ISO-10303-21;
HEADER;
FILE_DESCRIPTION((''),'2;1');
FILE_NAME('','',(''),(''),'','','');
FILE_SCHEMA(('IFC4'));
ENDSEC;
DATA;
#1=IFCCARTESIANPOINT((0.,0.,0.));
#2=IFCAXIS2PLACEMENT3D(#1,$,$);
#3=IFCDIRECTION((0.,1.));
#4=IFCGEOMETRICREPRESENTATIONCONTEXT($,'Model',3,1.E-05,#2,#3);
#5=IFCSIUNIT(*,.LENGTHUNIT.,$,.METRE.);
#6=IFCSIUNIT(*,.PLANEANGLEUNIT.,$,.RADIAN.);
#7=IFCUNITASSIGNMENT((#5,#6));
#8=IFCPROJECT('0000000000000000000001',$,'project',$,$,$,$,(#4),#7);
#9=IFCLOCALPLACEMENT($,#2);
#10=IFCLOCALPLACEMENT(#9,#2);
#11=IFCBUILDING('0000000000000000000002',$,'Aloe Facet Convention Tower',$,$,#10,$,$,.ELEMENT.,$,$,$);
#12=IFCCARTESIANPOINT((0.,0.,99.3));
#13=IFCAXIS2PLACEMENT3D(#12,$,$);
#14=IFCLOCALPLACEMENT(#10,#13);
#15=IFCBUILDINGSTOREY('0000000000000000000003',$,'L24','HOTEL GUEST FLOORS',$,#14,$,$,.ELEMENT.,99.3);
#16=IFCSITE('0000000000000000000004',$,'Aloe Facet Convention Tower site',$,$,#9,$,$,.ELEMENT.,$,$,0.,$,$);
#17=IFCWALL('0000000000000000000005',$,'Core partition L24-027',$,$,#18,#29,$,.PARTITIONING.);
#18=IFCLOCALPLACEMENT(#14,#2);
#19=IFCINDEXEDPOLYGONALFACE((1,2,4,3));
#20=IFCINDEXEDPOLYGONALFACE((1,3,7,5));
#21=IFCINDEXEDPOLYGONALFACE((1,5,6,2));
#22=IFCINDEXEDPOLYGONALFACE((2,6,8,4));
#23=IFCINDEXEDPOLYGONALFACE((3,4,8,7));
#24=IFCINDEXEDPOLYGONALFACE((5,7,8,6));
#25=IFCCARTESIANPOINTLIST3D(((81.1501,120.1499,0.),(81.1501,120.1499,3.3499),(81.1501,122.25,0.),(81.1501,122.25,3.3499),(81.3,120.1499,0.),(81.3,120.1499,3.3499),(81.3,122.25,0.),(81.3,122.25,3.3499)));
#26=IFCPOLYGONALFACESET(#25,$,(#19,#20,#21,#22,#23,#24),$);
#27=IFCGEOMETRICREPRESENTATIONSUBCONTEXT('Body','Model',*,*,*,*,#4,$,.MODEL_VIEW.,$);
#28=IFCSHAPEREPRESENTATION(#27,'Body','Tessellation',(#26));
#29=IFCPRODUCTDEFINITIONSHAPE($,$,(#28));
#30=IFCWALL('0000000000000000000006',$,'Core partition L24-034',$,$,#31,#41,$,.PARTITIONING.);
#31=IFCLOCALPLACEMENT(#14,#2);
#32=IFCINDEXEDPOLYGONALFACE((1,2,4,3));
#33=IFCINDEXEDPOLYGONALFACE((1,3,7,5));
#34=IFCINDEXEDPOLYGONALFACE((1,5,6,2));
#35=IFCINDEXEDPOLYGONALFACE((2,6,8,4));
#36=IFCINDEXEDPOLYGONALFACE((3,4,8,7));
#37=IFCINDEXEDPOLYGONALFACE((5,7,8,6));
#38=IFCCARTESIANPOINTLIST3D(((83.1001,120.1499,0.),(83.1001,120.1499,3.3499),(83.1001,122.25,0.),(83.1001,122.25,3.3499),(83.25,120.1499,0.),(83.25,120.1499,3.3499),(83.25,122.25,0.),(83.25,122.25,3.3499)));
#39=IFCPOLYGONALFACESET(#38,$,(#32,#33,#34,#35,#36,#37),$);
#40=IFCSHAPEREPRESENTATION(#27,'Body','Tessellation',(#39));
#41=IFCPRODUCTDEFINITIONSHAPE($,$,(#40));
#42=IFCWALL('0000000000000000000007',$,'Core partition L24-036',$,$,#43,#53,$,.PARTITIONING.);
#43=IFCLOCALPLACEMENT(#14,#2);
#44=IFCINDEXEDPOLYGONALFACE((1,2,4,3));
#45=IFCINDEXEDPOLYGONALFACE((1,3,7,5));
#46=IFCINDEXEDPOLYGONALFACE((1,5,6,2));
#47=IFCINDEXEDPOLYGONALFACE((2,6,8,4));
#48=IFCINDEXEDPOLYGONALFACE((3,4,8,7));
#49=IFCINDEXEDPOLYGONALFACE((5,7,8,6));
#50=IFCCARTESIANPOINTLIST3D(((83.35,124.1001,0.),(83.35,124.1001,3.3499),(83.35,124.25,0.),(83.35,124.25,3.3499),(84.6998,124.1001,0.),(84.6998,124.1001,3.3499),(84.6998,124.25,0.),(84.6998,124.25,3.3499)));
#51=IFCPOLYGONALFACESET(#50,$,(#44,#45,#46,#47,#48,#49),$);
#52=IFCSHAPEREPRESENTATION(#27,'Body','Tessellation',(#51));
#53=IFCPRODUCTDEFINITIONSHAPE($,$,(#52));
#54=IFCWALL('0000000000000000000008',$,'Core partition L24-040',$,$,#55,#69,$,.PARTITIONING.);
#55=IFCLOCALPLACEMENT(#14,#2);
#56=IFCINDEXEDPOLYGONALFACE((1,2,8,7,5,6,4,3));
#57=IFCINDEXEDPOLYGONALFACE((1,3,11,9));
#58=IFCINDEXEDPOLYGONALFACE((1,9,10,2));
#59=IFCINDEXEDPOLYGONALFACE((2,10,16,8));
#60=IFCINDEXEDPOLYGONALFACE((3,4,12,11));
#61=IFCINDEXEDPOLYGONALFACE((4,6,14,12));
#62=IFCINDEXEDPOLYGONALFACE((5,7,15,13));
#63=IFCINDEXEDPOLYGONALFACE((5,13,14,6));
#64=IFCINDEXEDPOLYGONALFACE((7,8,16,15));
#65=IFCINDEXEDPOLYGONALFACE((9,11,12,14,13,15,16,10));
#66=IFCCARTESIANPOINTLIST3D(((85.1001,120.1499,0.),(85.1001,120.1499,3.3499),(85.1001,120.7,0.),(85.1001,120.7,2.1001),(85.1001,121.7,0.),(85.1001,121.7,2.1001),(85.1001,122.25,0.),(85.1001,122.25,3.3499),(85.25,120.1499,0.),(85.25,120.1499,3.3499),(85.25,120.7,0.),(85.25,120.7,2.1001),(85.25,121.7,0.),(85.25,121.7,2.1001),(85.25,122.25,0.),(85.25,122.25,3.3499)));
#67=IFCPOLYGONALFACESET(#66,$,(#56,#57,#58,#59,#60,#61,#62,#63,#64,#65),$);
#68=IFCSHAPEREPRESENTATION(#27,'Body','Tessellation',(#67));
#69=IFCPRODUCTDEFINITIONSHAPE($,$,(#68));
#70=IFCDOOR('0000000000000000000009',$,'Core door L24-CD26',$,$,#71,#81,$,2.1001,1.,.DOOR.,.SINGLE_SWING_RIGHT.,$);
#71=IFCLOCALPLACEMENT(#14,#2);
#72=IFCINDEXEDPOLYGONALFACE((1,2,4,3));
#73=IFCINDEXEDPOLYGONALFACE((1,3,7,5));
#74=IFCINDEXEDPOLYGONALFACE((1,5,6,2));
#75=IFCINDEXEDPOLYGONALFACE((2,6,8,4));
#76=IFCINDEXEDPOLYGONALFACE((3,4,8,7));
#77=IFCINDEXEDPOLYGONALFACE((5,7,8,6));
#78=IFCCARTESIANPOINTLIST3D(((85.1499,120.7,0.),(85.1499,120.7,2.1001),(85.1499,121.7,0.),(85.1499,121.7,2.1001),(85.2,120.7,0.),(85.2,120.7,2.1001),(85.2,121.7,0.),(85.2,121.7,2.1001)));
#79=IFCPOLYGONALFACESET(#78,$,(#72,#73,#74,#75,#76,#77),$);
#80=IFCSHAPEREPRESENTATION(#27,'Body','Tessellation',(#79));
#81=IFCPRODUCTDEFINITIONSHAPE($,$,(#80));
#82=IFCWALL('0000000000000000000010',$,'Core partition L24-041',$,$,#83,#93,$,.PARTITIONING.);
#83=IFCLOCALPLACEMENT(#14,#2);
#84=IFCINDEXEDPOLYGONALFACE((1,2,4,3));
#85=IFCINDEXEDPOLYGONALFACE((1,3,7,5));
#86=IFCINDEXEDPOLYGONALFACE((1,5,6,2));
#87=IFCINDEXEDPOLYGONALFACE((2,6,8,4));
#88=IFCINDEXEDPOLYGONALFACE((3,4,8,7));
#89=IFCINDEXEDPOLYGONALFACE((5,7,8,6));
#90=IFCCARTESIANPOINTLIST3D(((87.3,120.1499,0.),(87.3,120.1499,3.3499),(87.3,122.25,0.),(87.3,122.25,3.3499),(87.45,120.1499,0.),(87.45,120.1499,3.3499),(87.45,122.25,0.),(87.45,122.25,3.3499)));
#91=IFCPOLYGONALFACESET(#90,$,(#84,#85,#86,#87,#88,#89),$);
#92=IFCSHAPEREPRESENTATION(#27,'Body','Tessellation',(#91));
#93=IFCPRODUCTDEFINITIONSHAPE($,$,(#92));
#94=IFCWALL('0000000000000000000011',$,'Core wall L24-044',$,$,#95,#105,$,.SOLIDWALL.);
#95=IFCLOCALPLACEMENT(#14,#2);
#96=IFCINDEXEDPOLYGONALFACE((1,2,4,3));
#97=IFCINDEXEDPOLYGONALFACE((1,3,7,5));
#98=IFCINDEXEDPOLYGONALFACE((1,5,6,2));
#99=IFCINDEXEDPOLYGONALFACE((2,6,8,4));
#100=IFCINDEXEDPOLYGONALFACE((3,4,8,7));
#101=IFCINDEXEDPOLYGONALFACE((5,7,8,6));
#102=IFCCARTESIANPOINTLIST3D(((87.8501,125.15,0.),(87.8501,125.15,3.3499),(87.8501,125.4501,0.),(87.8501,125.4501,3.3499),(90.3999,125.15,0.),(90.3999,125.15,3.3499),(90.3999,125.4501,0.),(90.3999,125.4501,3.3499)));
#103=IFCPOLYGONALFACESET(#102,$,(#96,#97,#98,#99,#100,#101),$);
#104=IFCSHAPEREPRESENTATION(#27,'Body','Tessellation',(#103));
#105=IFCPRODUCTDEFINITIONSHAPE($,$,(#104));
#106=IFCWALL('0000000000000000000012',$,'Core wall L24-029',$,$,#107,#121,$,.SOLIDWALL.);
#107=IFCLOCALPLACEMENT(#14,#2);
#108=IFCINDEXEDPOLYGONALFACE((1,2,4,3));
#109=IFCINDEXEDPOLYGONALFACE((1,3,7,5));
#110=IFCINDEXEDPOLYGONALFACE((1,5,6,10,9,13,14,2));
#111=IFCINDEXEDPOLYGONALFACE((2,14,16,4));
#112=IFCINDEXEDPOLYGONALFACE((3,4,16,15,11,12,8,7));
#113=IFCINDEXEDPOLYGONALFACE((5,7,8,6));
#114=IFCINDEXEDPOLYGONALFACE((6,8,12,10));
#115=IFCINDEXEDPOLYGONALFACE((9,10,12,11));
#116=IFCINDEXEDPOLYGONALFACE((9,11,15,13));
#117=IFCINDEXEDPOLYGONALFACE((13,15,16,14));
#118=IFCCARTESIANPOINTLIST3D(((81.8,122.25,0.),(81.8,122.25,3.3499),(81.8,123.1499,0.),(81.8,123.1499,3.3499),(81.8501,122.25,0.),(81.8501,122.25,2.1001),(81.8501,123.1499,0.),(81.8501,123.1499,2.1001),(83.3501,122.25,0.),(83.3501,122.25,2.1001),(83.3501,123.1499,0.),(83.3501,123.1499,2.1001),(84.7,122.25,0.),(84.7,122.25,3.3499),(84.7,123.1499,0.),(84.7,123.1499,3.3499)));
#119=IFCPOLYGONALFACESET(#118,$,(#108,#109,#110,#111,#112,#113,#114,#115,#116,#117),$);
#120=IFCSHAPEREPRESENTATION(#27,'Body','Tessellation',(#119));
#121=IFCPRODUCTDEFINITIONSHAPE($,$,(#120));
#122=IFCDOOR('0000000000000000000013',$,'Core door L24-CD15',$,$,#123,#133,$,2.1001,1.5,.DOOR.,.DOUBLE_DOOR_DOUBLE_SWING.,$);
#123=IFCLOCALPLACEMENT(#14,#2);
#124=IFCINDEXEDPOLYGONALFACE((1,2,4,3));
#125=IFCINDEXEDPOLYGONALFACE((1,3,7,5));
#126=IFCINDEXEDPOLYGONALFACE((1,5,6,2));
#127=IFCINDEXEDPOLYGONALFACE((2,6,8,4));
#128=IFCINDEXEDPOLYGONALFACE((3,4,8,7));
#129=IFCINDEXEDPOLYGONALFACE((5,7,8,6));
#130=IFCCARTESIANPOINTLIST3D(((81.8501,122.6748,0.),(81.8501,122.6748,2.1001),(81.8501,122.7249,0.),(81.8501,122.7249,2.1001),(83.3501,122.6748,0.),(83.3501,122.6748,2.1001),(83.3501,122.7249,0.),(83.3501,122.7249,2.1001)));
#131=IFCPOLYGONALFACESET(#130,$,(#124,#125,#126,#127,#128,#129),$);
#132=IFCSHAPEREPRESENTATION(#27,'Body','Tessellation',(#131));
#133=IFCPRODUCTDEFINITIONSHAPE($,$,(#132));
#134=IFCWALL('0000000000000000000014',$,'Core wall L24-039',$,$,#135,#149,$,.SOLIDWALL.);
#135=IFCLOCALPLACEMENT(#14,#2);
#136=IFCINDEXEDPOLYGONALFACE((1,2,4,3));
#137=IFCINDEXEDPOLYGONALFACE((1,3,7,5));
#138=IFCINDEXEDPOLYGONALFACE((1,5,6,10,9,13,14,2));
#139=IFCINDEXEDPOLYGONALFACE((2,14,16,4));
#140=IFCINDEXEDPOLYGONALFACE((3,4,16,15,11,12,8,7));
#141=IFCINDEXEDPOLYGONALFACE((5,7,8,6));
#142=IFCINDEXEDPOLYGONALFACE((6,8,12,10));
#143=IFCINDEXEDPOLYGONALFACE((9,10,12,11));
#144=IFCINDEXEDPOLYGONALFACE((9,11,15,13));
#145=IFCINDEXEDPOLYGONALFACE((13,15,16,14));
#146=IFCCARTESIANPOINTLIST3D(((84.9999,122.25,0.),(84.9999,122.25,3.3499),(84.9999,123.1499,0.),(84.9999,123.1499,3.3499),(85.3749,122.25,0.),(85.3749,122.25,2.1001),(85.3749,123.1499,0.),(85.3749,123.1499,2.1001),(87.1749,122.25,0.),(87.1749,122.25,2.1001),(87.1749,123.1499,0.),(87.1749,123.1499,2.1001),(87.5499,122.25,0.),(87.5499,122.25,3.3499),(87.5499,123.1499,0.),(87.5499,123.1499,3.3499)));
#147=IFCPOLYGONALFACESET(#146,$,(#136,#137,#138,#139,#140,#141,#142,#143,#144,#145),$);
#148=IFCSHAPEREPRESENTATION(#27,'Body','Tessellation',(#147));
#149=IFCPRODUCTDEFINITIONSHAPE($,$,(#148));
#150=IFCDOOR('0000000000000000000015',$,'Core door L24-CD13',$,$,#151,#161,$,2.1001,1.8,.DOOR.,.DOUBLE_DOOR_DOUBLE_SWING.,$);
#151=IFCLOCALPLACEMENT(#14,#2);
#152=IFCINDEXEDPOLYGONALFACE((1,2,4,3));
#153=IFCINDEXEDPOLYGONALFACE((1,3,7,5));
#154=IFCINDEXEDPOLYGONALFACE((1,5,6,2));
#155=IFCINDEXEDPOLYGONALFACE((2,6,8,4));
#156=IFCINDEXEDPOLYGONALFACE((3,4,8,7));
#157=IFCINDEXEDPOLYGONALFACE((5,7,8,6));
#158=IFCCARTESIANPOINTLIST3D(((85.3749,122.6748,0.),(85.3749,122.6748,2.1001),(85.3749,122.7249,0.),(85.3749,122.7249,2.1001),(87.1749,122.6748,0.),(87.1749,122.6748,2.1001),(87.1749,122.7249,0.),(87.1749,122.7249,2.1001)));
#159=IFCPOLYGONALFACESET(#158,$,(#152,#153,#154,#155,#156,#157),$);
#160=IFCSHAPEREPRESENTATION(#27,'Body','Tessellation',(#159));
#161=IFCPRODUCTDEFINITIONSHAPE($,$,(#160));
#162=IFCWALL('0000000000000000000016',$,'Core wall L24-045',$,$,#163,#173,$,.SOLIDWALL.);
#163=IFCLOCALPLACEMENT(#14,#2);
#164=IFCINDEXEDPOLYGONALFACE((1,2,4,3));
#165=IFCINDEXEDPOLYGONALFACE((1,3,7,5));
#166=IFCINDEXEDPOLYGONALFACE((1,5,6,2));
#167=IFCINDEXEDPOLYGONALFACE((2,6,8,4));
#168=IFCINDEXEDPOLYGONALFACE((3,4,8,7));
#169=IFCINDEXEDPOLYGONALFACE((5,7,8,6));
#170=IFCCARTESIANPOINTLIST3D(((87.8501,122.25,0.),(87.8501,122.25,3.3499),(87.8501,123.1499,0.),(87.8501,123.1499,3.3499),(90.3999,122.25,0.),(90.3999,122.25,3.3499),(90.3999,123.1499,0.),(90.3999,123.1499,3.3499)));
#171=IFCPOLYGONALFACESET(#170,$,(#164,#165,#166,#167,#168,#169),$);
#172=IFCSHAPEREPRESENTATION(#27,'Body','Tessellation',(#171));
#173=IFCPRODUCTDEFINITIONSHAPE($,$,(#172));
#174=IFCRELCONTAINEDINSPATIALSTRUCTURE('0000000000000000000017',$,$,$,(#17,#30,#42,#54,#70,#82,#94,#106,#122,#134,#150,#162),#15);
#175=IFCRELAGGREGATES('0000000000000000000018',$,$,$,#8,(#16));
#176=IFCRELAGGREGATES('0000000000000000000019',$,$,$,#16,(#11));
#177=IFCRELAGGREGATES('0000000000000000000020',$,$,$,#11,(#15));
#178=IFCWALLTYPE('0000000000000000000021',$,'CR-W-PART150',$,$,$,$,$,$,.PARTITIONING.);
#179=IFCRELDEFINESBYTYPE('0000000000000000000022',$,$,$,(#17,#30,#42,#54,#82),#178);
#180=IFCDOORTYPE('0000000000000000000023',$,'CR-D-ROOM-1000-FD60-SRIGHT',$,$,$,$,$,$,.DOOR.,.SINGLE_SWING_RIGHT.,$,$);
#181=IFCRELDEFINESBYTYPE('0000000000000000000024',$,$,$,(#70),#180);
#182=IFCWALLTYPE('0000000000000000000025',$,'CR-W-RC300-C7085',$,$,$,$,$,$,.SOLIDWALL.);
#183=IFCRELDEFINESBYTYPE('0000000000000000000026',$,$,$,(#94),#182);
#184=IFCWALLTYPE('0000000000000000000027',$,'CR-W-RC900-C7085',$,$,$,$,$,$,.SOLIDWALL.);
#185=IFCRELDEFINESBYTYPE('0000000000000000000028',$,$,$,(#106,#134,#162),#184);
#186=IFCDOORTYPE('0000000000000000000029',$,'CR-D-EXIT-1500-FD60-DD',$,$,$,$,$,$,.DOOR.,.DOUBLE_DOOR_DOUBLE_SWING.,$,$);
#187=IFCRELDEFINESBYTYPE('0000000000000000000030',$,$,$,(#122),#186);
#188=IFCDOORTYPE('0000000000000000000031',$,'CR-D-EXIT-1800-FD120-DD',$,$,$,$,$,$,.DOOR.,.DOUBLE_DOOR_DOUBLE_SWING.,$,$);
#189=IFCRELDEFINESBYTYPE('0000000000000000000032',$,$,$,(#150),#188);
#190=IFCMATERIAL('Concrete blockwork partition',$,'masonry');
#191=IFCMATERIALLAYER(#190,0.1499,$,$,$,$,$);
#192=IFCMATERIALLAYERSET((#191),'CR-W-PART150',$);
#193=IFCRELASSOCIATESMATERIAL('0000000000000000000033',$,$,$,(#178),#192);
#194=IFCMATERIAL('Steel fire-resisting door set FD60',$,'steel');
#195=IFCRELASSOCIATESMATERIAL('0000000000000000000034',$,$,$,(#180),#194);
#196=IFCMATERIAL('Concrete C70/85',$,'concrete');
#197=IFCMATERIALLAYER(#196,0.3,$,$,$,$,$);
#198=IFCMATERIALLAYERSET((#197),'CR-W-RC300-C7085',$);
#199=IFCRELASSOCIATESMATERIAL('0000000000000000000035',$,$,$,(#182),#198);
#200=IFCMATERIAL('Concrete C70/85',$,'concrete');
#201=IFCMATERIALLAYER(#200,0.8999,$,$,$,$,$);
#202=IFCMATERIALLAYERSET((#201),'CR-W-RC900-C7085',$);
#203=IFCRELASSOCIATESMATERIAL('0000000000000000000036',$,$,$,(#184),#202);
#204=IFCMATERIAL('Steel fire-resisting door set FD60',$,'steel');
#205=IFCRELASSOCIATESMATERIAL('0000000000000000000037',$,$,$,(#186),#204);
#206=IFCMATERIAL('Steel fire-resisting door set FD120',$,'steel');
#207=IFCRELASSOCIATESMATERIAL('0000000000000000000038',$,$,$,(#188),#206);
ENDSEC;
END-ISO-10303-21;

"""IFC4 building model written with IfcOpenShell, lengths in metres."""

from ifc_helpers import new_model, si_unit, direction, frame, frame_2d, origin, place, context, subcontext, project, spatial, rectangle, extrude, material, layer, layer_set, type_object, element, fill, save


model = new_model("IFC4")

# Units and contexts
model_context = context("Model", 3, precision=1e-05, world=origin(), true_north=direction((0.0, 1.0)))
body_context = subcontext(model_context, "Body", "Model", "MODEL_VIEW")
ifc_project = project(units=[si_unit("LENGTHUNIT", "METRE"), si_unit("PLANEANGLEUNIT", "RADIAN")], contexts=[model_context])

# Site, building, storey
site_placement = place(None, origin())
site = spatial("IfcSite", under=ifc_project, at=site_placement, Name="Aloe Facet Convention Tower site", CompositionType="ELEMENT", RefElevation=0.0)
building_placement = place(site_placement, origin())
building = spatial("IfcBuilding", under=site, at=building_placement, Name="Aloe Facet Convention Tower", CompositionType="ELEMENT")
storey_placement = place(building_placement, frame((0.0, 0.0, 99.3)))
storey = spatial("IfcBuildingStorey", under=building, at=storey_placement, Name="L24", Description="HOTEL GUEST FLOORS", CompositionType="ELEMENT", Elevation=99.3)

# Walls
ifc_material_1 = material(Name="Concrete blockwork partition", Category="masonry")
ifc_layer_1 = layer(ifc_material_1, 0.1499)
ifc_layer_set_1 = layer_set([ifc_layer_1], Name="CR-W-PART150")
wall_type_1 = type_object("IfcWallType", Name="CR-W-PART150", PredefinedType="PARTITIONING", material=ifc_layer_set_1)
for number, where, z_axis, x_axis, name in (
    (1, (81.2251, 122.25, 0.0), (0.0, 0.0, 1.0), (0.0, -1.0, 0.0), "Core partition L24-027"),
    (2, (83.175, 122.25, 0.0), (0.0, 0.0, 1.0), (0.0, -1.0, 0.0), "Core partition L24-034"),
):
    element("IfcWall", number, at=place(storey_placement, frame(where, z_axis=z_axis, x_axis=x_axis)), inside=storey, type_object=wall_type_1, Name=name, PredefinedType="PARTITIONING", context=body_context, shape_type="SweptSolid", body=[
        extrude(rectangle(XDim=2.1001, YDim=0.1499, at=frame_2d((1.05, 0.0))), origin(), (0.0, 0.0, 1.0), 3.3499),
    ])
wall_1_placement = place(storey_placement, frame((83.3501, 124.175, 0.0), z_axis=(0.0, 0.0, 1.0), x_axis=(1.0, 0.0, 0.0)))
element("IfcWall", 3, at=wall_1_placement, inside=storey, type_object=wall_type_1, Name="Core partition L24-036", PredefinedType="PARTITIONING", context=body_context, shape_type="SweptSolid", body=[
    extrude(rectangle(XDim=1.3499, YDim=0.1499, at=frame_2d((0.6748, 0.0))), origin(), (0.0, 0.0, 1.0), 3.3499),
])

# Wall, opening, door
wall_2_placement = place(storey_placement, frame((85.175, 122.25, 0.0), z_axis=(0.0, 0.0, 1.0), x_axis=(0.0, -1.0, 0.0)))
wall_2 = element("IfcWall", 4, at=wall_2_placement, inside=storey, type_object=wall_type_1, Name="Core partition L24-040", PredefinedType="PARTITIONING", context=body_context, shape_type="SweptSolid", body=[
    extrude(rectangle(XDim=2.1001, YDim=0.1499, at=frame_2d((1.05, 0.0))), origin(), (0.0, 0.0, 1.0), 3.3499),
])
opening_1_placement = place(wall_2_placement, frame((0.55, 0.0, 0.0)))
opening_1 = element("IfcOpeningElement", 5, at=opening_1_placement, cuts=wall_2, PredefinedType="OPENING", context=body_context, shape_type="SweptSolid", body=[
    extrude(rectangle(XDim=1.0, YDim=2.1001, at=frame_2d((0.5, 1.05))), frame((0.0, 0.085, 0.0), z_axis=(0.0, -1.0, 0.0), x_axis=(1.0, 0.0, 0.0)), (0.0, 0.0, 1.0), 0.1699),
])
ifc_material_2 = material(Name="Steel fire-resisting door set FD60", Category="steel")
door_type_1 = type_object("IfcDoorType", Name="CR-D-ROOM-1000-FD60-SRIGHT", OperationType="SINGLE_SWING_RIGHT", PredefinedType="DOOR", material=ifc_material_2)
door_1_placement = place(opening_1_placement, origin())
door_1 = element("IfcDoor", 6, at=door_1_placement, inside=storey, type_object=door_type_1, Name="Core door L24-CD26", OperationType="SINGLE_SWING_RIGHT", OverallHeight=2.1001, OverallWidth=1.0, PredefinedType="DOOR", context=body_context, shape_type="SweptSolid", body=[
    extrude(rectangle(XDim=1.0, YDim=2.1001, at=frame_2d((0.5, 1.05))), frame((0.0, 0.0249, 0.0), z_axis=(0.0, -1.0, 0.0), x_axis=(1.0, 0.0, 0.0)), (0.0, 0.0, 1.0), 0.05),
])
fill(opening_1, door_1)

# Walls
wall_3_placement = place(storey_placement, frame((87.375, 122.25, 0.0), z_axis=(0.0, 0.0, 1.0), x_axis=(0.0, -1.0, 0.0)))
element("IfcWall", 7, at=wall_3_placement, inside=storey, type_object=wall_type_1, Name="Core partition L24-041", PredefinedType="PARTITIONING", context=body_context, shape_type="SweptSolid", body=[
    extrude(rectangle(XDim=2.1001, YDim=0.1499, at=frame_2d((1.05, 0.0))), origin(), (0.0, 0.0, 1.0), 3.3499),
])
ifc_material_3 = material(Name="Concrete C70/85", Category="concrete")
ifc_layer_2 = layer(ifc_material_3, 0.3)
ifc_layer_set_2 = layer_set([ifc_layer_2], Name="CR-W-RC300-C7085")
wall_type_2 = type_object("IfcWallType", Name="CR-W-RC300-C7085", PredefinedType="SOLIDWALL", material=ifc_layer_set_2)
wall_4_placement = place(storey_placement, frame((87.8501, 125.3, 0.0), z_axis=(0.0, 0.0, 1.0), x_axis=(1.0, 0.0, 0.0)))
element("IfcWall", 8, at=wall_4_placement, inside=storey, type_object=wall_type_2, Name="Core wall L24-044", PredefinedType="SOLIDWALL", context=body_context, shape_type="SweptSolid", body=[
    extrude(rectangle(XDim=2.5498, YDim=0.3, at=frame_2d((1.2749, 0.0))), origin(), (0.0, 0.0, 1.0), 3.3499),
])

# Walls, openings, doors
ifc_material_4 = material(Name="Concrete C70/85", Category="concrete")
ifc_layer_3 = layer(ifc_material_4, 0.8999)
ifc_layer_set_3 = layer_set([ifc_layer_3], Name="CR-W-RC900-C7085")
wall_type_3 = type_object("IfcWallType", Name="CR-W-RC900-C7085", PredefinedType="SOLIDWALL", material=ifc_layer_set_3)
wall_5_placement = place(storey_placement, frame((81.8, 122.7, 0.0), z_axis=(0.0, 0.0, 1.0), x_axis=(1.0, 0.0, 0.0)))
wall_5 = element("IfcWall", 9, at=wall_5_placement, inside=storey, type_object=wall_type_3, Name="Core wall L24-029", PredefinedType="SOLIDWALL", context=body_context, shape_type="SweptSolid", body=[
    extrude(rectangle(XDim=2.8999, YDim=0.8999, at=frame_2d((1.45, 0.0))), origin(), (0.0, 0.0, 1.0), 3.3499),
])
opening_2_placement = place(wall_5_placement, frame((0.05, 0.0, 0.0)))
opening_2 = element("IfcOpeningElement", 10, at=opening_2_placement, cuts=wall_5, PredefinedType="OPENING", context=body_context, shape_type="SweptSolid", body=[
    extrude(rectangle(XDim=1.5, YDim=2.1001, at=frame_2d((0.75, 1.05))), frame((0.0, 0.46, 0.0), z_axis=(0.0, -1.0, 0.0), x_axis=(1.0, 0.0, 0.0)), (0.0, 0.0, 1.0), 0.9199),
])
ifc_material_5 = material(Name="Steel fire-resisting door set FD60", Category="steel")
door_type_2 = type_object("IfcDoorType", Name="CR-D-EXIT-1500-FD60-DD", OperationType="DOUBLE_DOOR_DOUBLE_SWING", PredefinedType="DOOR", material=ifc_material_5)
door_2_placement = place(opening_2_placement, origin())
door_2 = element("IfcDoor", 11, at=door_2_placement, inside=storey, type_object=door_type_2, Name="Core door L24-CD15", OperationType="DOUBLE_DOOR_DOUBLE_SWING", OverallHeight=2.1001, OverallWidth=1.5, PredefinedType="DOOR", context=body_context, shape_type="SweptSolid", body=[
    extrude(rectangle(XDim=1.5, YDim=2.1001, at=frame_2d((0.75, 1.05))), frame((0.0, 0.0249, 0.0), z_axis=(0.0, -1.0, 0.0), x_axis=(1.0, 0.0, 0.0)), (0.0, 0.0, 1.0), 0.05),
])
fill(opening_2, door_2)
wall_6_placement = place(storey_placement, frame((85.0, 122.7, 0.0), z_axis=(0.0, 0.0, 1.0), x_axis=(1.0, 0.0, 0.0)))
wall_6 = element("IfcWall", 12, at=wall_6_placement, inside=storey, type_object=wall_type_3, Name="Core wall L24-039", PredefinedType="SOLIDWALL", context=body_context, shape_type="SweptSolid", body=[
    extrude(rectangle(XDim=2.55, YDim=0.8999, at=frame_2d((1.2749, 0.0))), origin(), (0.0, 0.0, 1.0), 3.3499),
])
opening_3_placement = place(wall_6_placement, frame((0.375, 0.0, 0.0)))
opening_3 = element("IfcOpeningElement", 13, at=opening_3_placement, cuts=wall_6, PredefinedType="OPENING", context=body_context, shape_type="SweptSolid", body=[
    extrude(rectangle(XDim=1.8, YDim=2.1001, at=frame_2d((0.8999, 1.05))), frame((0.0, 0.46, 0.0), z_axis=(0.0, -1.0, 0.0), x_axis=(1.0, 0.0, 0.0)), (0.0, 0.0, 1.0), 0.9199),
])
ifc_material_6 = material(Name="Steel fire-resisting door set FD120", Category="steel")
door_type_3 = type_object("IfcDoorType", Name="CR-D-EXIT-1800-FD120-DD", OperationType="DOUBLE_DOOR_DOUBLE_SWING", PredefinedType="DOOR", material=ifc_material_6)
door_3_placement = place(opening_3_placement, origin())
door_3 = element("IfcDoor", 14, at=door_3_placement, inside=storey, type_object=door_type_3, Name="Core door L24-CD13", OperationType="DOUBLE_DOOR_DOUBLE_SWING", OverallHeight=2.1001, OverallWidth=1.8, PredefinedType="DOOR", context=body_context, shape_type="SweptSolid", body=[
    extrude(rectangle(XDim=1.8, YDim=2.1001, at=frame_2d((0.8999, 1.05))), frame((0.0, 0.0249, 0.0), z_axis=(0.0, -1.0, 0.0), x_axis=(1.0, 0.0, 0.0)), (0.0, 0.0, 1.0), 0.05),
])
fill(opening_3, door_3)

# Wall
wall_7_placement = place(storey_placement, frame((87.8501, 122.7, 0.0), z_axis=(0.0, 0.0, 1.0), x_axis=(1.0, 0.0, 0.0)))
element("IfcWall", 15, at=wall_7_placement, inside=storey, type_object=wall_type_3, Name="Core wall L24-045", PredefinedType="SOLIDWALL", context=body_context, shape_type="SweptSolid", body=[
    extrude(rectangle(XDim=2.5498, YDim=0.8999, at=frame_2d((1.2749, 0.0))), origin(), (0.0, 0.0, 1.0), 3.3499),
])

save(model, "model.ifc")
